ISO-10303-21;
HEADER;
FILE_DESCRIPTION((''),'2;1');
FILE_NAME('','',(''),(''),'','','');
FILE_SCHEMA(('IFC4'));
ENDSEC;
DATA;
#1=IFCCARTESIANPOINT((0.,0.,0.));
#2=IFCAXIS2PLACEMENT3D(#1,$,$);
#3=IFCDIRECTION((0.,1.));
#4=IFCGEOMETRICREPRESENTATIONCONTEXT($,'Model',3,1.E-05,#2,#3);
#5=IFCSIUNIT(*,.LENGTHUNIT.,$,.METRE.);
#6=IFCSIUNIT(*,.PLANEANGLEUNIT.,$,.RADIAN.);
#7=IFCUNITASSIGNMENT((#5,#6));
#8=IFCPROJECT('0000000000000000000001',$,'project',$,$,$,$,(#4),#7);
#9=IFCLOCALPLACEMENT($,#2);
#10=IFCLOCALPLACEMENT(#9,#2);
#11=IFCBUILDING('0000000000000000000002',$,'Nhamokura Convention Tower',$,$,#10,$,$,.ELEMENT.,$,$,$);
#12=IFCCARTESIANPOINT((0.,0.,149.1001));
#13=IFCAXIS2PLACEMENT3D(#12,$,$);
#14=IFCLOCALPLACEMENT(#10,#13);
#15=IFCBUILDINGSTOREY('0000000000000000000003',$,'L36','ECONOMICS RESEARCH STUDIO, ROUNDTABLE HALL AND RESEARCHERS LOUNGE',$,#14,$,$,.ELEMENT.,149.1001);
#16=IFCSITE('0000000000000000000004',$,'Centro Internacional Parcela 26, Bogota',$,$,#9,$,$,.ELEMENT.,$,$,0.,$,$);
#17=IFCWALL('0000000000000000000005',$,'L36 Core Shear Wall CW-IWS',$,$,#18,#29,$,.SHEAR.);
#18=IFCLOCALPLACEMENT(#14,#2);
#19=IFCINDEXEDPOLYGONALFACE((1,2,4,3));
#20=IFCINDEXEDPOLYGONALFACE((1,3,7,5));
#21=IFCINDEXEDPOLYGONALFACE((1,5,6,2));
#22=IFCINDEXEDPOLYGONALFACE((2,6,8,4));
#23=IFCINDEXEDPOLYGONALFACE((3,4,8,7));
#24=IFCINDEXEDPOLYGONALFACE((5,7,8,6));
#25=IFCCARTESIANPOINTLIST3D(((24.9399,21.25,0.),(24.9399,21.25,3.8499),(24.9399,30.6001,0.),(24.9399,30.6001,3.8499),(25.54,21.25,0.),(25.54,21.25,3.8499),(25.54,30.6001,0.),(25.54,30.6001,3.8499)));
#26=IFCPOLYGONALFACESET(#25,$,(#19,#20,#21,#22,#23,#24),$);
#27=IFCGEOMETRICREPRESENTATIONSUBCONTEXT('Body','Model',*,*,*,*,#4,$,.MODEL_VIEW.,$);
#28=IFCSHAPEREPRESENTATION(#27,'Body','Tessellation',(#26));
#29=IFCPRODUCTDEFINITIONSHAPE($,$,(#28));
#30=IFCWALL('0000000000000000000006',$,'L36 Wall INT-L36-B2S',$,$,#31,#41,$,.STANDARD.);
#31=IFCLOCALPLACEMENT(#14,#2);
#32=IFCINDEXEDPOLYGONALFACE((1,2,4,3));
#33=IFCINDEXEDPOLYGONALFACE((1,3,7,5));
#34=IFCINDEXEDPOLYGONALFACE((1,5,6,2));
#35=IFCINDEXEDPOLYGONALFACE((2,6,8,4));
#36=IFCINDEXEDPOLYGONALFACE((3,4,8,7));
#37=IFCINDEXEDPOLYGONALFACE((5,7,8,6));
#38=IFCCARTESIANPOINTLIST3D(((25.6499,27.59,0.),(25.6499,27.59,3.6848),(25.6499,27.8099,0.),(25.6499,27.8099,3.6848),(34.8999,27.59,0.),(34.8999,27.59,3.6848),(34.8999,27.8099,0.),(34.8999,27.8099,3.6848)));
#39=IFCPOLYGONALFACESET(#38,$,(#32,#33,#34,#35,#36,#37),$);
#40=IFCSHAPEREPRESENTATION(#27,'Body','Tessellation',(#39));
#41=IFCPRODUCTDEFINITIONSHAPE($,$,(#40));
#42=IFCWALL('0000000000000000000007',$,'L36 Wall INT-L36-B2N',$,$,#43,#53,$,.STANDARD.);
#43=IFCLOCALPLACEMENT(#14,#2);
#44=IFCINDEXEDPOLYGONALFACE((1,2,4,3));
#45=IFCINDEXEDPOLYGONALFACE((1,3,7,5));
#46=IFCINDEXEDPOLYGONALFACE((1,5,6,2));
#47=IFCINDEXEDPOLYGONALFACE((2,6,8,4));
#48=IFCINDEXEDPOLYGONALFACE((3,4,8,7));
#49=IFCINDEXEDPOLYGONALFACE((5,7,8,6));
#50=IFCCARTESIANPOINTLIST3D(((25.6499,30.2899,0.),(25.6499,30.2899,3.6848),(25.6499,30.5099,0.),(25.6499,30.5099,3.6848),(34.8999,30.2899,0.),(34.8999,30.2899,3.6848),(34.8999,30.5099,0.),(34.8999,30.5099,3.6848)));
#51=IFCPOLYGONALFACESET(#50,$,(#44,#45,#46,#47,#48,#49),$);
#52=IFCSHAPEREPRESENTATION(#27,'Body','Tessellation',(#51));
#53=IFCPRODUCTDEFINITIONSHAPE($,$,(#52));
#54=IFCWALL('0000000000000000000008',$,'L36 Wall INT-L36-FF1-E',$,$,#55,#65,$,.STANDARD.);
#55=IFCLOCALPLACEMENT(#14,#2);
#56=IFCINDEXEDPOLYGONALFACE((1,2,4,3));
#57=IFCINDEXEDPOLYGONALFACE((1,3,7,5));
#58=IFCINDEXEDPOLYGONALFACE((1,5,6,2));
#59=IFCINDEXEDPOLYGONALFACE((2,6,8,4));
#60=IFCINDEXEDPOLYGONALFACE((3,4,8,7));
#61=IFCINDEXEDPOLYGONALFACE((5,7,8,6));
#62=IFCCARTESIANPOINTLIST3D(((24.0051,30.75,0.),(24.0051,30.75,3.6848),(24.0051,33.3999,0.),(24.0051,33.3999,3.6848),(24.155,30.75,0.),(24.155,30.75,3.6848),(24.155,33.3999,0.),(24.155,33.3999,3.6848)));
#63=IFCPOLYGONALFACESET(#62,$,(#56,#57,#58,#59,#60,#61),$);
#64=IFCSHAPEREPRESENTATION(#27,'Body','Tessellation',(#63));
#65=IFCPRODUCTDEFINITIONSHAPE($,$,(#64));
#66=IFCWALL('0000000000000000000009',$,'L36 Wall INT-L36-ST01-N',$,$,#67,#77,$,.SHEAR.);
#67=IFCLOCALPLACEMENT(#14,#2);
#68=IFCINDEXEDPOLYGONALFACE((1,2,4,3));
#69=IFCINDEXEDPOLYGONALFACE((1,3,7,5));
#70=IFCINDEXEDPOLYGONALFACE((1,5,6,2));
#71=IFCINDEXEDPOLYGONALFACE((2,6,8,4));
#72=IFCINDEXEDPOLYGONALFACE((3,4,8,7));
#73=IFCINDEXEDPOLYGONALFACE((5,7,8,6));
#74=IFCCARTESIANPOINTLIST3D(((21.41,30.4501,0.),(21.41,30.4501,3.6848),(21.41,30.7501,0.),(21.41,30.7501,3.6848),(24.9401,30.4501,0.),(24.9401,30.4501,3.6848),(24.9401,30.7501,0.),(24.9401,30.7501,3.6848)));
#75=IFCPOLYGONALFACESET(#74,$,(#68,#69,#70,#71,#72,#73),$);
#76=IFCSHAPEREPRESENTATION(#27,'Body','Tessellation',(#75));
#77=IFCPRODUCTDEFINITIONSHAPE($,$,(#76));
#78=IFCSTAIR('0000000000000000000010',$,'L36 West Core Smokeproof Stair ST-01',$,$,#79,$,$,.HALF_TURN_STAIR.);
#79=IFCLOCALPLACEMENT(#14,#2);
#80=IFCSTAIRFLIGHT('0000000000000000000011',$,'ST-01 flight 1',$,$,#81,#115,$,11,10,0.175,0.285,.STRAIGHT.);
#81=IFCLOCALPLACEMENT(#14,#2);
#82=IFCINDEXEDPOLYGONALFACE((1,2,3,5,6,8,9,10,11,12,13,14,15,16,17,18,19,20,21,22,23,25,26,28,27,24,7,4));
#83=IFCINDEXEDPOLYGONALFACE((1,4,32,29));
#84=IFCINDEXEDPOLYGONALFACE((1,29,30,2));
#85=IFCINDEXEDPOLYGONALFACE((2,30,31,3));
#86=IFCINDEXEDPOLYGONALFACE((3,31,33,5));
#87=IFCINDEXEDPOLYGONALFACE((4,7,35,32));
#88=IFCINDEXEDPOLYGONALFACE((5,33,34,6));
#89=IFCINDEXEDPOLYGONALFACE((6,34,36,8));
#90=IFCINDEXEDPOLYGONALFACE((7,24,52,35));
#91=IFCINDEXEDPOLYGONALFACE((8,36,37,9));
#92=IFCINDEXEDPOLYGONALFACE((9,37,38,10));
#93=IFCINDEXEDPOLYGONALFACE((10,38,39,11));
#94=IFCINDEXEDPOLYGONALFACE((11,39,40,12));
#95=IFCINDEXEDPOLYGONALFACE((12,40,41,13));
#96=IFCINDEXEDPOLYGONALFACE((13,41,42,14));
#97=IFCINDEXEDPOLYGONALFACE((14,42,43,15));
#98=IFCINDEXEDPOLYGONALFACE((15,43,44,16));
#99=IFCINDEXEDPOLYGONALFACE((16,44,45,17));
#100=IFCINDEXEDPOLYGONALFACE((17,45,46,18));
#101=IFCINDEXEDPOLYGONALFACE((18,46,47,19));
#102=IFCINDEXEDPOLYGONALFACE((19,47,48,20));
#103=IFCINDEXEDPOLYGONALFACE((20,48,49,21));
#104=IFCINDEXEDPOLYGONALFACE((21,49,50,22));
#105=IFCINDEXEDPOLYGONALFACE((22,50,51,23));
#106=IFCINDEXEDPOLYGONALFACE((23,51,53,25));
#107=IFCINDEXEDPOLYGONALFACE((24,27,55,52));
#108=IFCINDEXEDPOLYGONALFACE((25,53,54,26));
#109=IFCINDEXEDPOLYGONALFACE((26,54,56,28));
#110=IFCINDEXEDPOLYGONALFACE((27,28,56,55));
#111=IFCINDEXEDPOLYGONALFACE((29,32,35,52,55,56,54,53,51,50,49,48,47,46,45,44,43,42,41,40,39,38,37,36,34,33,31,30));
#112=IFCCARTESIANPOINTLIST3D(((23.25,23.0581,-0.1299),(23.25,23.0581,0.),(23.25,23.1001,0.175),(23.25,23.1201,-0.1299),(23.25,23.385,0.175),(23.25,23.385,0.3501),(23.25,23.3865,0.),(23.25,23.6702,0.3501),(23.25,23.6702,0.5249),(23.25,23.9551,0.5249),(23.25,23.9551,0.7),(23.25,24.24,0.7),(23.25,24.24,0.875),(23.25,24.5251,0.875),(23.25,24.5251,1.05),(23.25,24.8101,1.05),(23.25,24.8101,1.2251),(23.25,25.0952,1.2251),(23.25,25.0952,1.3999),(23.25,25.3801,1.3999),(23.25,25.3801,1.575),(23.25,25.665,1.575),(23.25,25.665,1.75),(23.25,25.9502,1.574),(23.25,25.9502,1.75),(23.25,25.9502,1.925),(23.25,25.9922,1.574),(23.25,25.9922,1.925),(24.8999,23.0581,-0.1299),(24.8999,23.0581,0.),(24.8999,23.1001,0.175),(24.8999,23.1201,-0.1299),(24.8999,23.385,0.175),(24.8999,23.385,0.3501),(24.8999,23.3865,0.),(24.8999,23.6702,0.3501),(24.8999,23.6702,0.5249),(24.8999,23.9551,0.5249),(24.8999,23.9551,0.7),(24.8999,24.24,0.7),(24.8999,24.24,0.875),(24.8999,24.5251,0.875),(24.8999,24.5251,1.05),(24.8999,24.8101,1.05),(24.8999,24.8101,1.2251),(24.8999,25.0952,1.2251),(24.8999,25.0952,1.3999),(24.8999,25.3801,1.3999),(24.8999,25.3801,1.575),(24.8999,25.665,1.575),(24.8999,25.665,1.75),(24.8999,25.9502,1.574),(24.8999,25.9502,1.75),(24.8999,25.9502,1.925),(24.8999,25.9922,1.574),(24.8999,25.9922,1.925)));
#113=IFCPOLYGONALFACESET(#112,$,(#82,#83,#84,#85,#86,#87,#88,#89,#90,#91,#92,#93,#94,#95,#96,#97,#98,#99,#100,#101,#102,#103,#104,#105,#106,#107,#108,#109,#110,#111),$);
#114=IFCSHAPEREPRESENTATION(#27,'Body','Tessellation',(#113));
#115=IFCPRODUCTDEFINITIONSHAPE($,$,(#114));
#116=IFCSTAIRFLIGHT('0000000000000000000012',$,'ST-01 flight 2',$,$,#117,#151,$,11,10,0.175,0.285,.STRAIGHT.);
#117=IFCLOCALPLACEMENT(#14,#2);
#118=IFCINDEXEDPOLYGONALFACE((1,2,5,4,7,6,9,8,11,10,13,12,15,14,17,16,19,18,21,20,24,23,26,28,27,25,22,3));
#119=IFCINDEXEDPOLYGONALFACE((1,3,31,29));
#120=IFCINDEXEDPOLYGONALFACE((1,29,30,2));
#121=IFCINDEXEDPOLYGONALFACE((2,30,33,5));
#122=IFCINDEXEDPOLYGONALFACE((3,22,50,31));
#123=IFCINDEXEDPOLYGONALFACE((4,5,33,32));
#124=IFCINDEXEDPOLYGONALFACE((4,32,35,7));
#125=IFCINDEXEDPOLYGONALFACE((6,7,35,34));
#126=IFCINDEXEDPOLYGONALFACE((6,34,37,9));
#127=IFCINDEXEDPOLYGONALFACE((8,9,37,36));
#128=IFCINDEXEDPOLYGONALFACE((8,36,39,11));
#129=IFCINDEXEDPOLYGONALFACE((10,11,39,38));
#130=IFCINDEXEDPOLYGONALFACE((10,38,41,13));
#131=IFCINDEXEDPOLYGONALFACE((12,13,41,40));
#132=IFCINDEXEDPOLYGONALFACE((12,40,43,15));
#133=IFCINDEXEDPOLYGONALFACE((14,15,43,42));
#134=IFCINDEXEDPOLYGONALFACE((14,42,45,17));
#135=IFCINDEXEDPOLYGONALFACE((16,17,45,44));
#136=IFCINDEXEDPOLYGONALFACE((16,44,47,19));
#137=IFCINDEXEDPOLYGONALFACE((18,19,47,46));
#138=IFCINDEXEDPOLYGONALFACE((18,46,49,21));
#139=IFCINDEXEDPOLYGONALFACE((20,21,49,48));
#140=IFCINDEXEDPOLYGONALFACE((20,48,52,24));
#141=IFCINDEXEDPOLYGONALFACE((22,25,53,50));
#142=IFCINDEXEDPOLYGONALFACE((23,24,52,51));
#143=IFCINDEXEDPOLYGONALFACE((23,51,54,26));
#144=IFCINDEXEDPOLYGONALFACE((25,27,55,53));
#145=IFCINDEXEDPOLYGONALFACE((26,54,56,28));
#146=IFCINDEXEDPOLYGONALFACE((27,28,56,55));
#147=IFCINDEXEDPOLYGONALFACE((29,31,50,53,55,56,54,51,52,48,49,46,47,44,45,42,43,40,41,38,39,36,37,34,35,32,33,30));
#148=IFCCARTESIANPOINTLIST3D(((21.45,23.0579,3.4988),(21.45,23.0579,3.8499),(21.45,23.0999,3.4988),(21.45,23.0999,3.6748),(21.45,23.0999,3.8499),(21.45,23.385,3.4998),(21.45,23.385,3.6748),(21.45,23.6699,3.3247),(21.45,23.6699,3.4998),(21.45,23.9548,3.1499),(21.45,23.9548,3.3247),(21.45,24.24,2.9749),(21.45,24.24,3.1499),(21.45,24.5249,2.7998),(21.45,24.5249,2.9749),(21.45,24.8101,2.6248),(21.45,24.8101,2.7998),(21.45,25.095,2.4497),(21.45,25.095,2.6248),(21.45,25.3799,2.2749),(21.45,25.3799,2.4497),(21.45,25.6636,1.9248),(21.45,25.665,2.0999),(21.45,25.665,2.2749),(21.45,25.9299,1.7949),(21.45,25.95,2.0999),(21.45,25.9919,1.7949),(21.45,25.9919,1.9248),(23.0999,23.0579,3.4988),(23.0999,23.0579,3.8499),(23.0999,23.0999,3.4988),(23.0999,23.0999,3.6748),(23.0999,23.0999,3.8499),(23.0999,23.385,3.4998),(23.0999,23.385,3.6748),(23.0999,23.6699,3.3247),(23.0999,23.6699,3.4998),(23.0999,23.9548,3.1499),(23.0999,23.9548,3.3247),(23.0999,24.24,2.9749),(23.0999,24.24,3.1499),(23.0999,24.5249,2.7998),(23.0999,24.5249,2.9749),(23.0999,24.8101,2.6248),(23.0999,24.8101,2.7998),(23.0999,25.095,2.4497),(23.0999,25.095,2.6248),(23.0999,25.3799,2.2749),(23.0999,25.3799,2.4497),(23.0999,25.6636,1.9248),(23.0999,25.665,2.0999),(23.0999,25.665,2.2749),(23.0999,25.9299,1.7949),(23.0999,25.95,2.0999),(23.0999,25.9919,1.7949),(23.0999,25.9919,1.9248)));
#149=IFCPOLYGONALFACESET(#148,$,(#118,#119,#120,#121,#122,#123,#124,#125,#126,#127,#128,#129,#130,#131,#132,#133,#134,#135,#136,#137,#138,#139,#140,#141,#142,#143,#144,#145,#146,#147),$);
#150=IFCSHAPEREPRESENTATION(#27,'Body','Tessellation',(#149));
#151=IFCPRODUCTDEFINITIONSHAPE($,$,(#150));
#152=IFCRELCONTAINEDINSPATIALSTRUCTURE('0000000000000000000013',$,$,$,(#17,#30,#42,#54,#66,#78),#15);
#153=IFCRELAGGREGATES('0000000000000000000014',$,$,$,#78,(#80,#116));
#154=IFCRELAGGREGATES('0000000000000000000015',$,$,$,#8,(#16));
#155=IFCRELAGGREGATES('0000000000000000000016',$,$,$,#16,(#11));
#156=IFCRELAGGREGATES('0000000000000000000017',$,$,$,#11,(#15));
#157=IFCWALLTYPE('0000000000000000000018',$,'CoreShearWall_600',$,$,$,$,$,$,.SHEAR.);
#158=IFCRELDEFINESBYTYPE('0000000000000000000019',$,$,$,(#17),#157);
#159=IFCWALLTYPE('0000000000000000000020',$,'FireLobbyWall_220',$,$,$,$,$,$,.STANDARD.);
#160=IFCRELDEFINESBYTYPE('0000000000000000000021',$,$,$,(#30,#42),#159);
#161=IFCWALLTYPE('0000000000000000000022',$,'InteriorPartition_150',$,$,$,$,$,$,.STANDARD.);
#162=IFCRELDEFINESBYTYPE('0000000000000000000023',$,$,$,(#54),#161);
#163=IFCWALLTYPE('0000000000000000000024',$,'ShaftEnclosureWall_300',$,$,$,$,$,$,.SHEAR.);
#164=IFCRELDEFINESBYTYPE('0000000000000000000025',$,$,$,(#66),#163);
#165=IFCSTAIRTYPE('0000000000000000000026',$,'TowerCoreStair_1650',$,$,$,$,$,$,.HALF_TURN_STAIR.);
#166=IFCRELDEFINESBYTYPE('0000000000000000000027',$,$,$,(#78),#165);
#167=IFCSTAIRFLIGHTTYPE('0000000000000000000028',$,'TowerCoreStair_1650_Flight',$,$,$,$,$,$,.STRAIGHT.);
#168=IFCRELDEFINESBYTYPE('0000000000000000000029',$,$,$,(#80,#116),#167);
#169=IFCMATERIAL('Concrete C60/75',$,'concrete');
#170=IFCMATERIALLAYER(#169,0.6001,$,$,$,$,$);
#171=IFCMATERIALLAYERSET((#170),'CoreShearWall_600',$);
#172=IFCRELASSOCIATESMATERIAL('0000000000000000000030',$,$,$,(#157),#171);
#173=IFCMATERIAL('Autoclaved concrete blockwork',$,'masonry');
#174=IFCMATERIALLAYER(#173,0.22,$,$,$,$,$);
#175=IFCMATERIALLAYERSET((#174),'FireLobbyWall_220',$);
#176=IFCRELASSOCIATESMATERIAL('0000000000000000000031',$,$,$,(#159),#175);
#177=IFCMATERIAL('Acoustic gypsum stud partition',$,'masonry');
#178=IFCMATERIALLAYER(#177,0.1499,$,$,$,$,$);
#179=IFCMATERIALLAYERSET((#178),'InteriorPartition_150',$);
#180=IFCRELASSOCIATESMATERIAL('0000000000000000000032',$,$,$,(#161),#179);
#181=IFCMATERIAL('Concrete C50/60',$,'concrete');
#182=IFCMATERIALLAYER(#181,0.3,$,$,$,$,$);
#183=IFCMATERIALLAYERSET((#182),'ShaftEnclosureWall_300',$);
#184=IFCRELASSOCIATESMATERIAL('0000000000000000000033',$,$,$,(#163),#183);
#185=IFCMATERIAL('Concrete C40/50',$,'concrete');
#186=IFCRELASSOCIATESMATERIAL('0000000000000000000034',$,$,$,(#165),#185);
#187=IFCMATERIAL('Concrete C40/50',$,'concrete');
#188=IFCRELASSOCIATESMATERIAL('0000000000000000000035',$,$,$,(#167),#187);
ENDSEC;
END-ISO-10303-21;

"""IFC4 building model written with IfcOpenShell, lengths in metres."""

from ifc_helpers import new_model, si_unit, direction, frame, frame_2d, origin, place, context, subcontext, project, spatial, polyline, rectangle, outline, extrude, material, layer, layer_set, type_object, element, aggregate, save


model = new_model("IFC4")

# Units and contexts
model_context = context("Model", 3, precision=1e-05, world=origin(), true_north=direction((0.0, 1.0)))
body_context = subcontext(model_context, "Body", "Model", "MODEL_VIEW")
ifc_project = project(units=[si_unit("LENGTHUNIT", "METRE"), si_unit("PLANEANGLEUNIT", "RADIAN")], contexts=[model_context])

# Site, building, storey
site_placement = place(None, origin())
site = spatial("IfcSite", under=ifc_project, at=site_placement, Name="Centro Internacional Parcela 26, Bogota", CompositionType="ELEMENT", RefElevation=0.0)
building_placement = place(site_placement, origin())
building = spatial("IfcBuilding", under=site, at=building_placement, Name="Nhamokura Convention Tower", CompositionType="ELEMENT")
storey_placement = place(building_placement, frame((0.0, 0.0, 149.1001)))
storey = spatial("IfcBuildingStorey", under=building, at=storey_placement, Name="L36", Description="ECONOMICS RESEARCH STUDIO, ROUNDTABLE HALL AND RESEARCHERS LOUNGE", CompositionType="ELEMENT", Elevation=149.1001)

# Wall
ifc_material_1 = material(Name="Concrete C60/75", Category="concrete")
ifc_layer_1 = layer(ifc_material_1, 0.6001)
ifc_layer_set_1 = layer_set([ifc_layer_1], Name="CoreShearWall_600")
wall_type_1 = type_object("IfcWallType", Name="CoreShearWall_600", PredefinedType="SHEAR", material=ifc_layer_set_1)
wall_1_placement = place(storey_placement, frame((25.24, 21.25, 0.0), z_axis=(0.0, 0.0, 1.0), x_axis=(0.0, 1.0, 0.0)))
element("IfcWall", 1, at=wall_1_placement, inside=storey, type_object=wall_type_1, Name="L36 Core Shear Wall CW-IWS", PredefinedType="SHEAR", context=body_context, shape_type="SweptSolid", body=[
    extrude(rectangle(XDim=9.3501, YDim=0.6001, at=frame_2d((4.675, 0.0))), origin(), (0.0, 0.0, 1.0), 3.8499),
])

# Shared definitions
ifc_material_2 = material(Name="Autoclaved concrete blockwork", Category="masonry")
ifc_layer_2 = layer(ifc_material_2, 0.22)
ifc_layer_set_2 = layer_set([ifc_layer_2], Name="FireLobbyWall_220")
wall_type_2 = type_object("IfcWallType", Name="FireLobbyWall_220", PredefinedType="STANDARD", material=ifc_layer_set_2)

# Walls
for number, where, z_axis, x_axis, name in (
    (2, (25.6499, 27.7, 0.0), (0.0, 0.0, 1.0), (1.0, 0.0, 0.0), "L36 Wall INT-L36-B2S"),
    (3, (25.6499, 30.3999, 0.0), (0.0, 0.0, 1.0), (1.0, 0.0, 0.0), "L36 Wall INT-L36-B2N"),
):
    element("IfcWall", number, at=place(storey_placement, frame(where, z_axis=z_axis, x_axis=x_axis)), inside=storey, type_object=wall_type_2, Name=name, PredefinedType="STANDARD", context=body_context, shape_type="SweptSolid", body=[
        extrude(rectangle(XDim=9.25, YDim=0.22, at=frame_2d((4.625, 0.0))), origin(), (0.0, 0.0, 1.0), 3.6848),
    ])
ifc_material_3 = material(Name="Acoustic gypsum stud partition", Category="masonry")
ifc_layer_3 = layer(ifc_material_3, 0.1499)
ifc_layer_set_3 = layer_set([ifc_layer_3], Name="InteriorPartition_150")
wall_type_3 = type_object("IfcWallType", Name="InteriorPartition_150", PredefinedType="STANDARD", material=ifc_layer_set_3)
wall_2_placement = place(storey_placement, frame((24.0801, 30.75, 0.0), z_axis=(0.0, 0.0, 1.0), x_axis=(0.0, 1.0, 0.0)))
element("IfcWall", 4, at=wall_2_placement, inside=storey, type_object=wall_type_3, Name="L36 Wall INT-L36-FF1-E", PredefinedType="STANDARD", context=body_context, shape_type="SweptSolid", body=[
    extrude(rectangle(XDim=2.6499, YDim=0.1499, at=frame_2d((1.325, 0.0))), origin(), (0.0, 0.0, 1.0), 3.6848),
])
ifc_material_4 = material(Name="Concrete C50/60", Category="concrete")
ifc_layer_4 = layer(ifc_material_4, 0.3)
ifc_layer_set_4 = layer_set([ifc_layer_4], Name="ShaftEnclosureWall_300")
wall_type_4 = type_object("IfcWallType", Name="ShaftEnclosureWall_300", PredefinedType="SHEAR", material=ifc_layer_set_4)
wall_3_placement = place(storey_placement, frame((21.4099, 30.6001, 0.0), z_axis=(0.0, 0.0, 1.0), x_axis=(1.0, 0.0, 0.0)))
element("IfcWall", 5, at=wall_3_placement, inside=storey, type_object=wall_type_4, Name="L36 Wall INT-L36-ST01-N", PredefinedType="SHEAR", context=body_context, shape_type="SweptSolid", body=[
    extrude(rectangle(XDim=3.53, YDim=0.3, at=frame_2d((1.7651, 0.0))), origin(), (0.0, 0.0, 1.0), 3.6848),
])

# Stair, stair flights
ifc_material_5 = material(Name="Concrete C40/50", Category="concrete")
stair_type = type_object("IfcStairType", Name="TowerCoreStair_1650", PredefinedType="HALF_TURN_STAIR", material=ifc_material_5)
stair_placement = place(storey_placement, origin())
stair = element("IfcStair", 6, at=stair_placement, inside=storey, type_object=stair_type, Name="L36 West Core Smokeproof Stair ST-01", PredefinedType="HALF_TURN_STAIR")
ifc_material_6 = material(Name="Concrete C40/50", Category="concrete")
stair_flight_type = type_object("IfcStairFlightType", Name="TowerCoreStair_1650_Flight", PredefinedType="STRAIGHT", material=ifc_material_6)
stair_flight_1_placement = place(storey_placement, frame((24.075, 23.1001, 0.0), z_axis=(0.0, 0.0, 1.0), x_axis=(0.0, 1.0, 0.0)))
stair_flight_1 = element("IfcStairFlight", 7, at=stair_flight_1_placement, type_object=stair_flight_type, Name="ST-01 flight 1", NumberOfRisers=11, NumberOfTreads=10, PredefinedType="STRAIGHT", RiserHeight=0.175, TreadLength=0.285, context=body_context, shape_type="SweptSolid", body=[
    extrude(outline(polyline([(-0.042, 0.0), (0.0, 0.175), (0.2849, 0.175), (0.2849, 0.3501), (0.5701, 0.3501), (0.5701, 0.5249), (0.855, 0.5249), (0.855, 0.7), (1.1399, 0.7), (1.1399, 0.875), (1.425, 0.875), (1.425, 1.05), (1.71, 1.05), (1.71, 1.2251), (1.9951, 1.2251), (1.9951, 1.3999), (2.28, 1.3999), (2.28, 1.575), (2.5649, 1.575), (2.5649, 1.75), (2.8501, 1.75), (2.8501, 1.925), (2.8921, 1.925), (2.8921, 1.574), (2.8501, 1.574), (0.2864, 0.0), (0.02, -0.1299), (-0.042, -0.1299), (-0.042, 0.0)])), frame((0.0, 0.825, 0.0), z_axis=(0.0, -1.0, 0.0), x_axis=(1.0, 0.0, 0.0)), (0.0, 0.0, 1.0), 1.6499),
])
stair_flight_2_placement = place(storey_placement, frame((22.2749, 25.95, 1.9248), z_axis=(0.0, 0.0, 1.0), x_axis=(0.0, -1.0, 0.0)))
stair_flight_2 = element("IfcStairFlight", 8, at=stair_flight_2_placement, type_object=stair_flight_type, Name="ST-01 flight 2", NumberOfRisers=11, NumberOfTreads=10, PredefinedType="STRAIGHT", RiserHeight=0.175, TreadLength=0.285, context=body_context, shape_type="SweptSolid", body=[
    extrude(outline(polyline([(-0.042, 0.0), (0.0, 0.175), (0.2849, 0.175), (0.2849, 0.3501), (0.5701, 0.3501), (0.5701, 0.5249), (0.855, 0.5249), (0.855, 0.7), (1.1399, 0.7), (1.1399, 0.875), (1.425, 0.875), (1.425, 1.05), (1.71, 1.05), (1.71, 1.2251), (1.9951, 1.2251), (1.9951, 1.3999), (2.28, 1.3999), (2.28, 1.575), (2.5649, 1.575), (2.5649, 1.75), (2.8501, 1.75), (2.8501, 1.925), (2.8921, 1.925), (2.8921, 1.574), (2.8501, 1.574), (0.2864, 0.0), (0.02, -0.1299), (-0.042, -0.1299), (-0.042, 0.0)])), frame((0.0, 0.825, 0.0), z_axis=(0.0, -1.0, 0.0), x_axis=(1.0, 0.0, 0.0)), (0.0, 0.0, 1.0), 1.6499),
])
aggregate(stair, [stair_flight_1, stair_flight_2])

save(model, "model.ifc")
